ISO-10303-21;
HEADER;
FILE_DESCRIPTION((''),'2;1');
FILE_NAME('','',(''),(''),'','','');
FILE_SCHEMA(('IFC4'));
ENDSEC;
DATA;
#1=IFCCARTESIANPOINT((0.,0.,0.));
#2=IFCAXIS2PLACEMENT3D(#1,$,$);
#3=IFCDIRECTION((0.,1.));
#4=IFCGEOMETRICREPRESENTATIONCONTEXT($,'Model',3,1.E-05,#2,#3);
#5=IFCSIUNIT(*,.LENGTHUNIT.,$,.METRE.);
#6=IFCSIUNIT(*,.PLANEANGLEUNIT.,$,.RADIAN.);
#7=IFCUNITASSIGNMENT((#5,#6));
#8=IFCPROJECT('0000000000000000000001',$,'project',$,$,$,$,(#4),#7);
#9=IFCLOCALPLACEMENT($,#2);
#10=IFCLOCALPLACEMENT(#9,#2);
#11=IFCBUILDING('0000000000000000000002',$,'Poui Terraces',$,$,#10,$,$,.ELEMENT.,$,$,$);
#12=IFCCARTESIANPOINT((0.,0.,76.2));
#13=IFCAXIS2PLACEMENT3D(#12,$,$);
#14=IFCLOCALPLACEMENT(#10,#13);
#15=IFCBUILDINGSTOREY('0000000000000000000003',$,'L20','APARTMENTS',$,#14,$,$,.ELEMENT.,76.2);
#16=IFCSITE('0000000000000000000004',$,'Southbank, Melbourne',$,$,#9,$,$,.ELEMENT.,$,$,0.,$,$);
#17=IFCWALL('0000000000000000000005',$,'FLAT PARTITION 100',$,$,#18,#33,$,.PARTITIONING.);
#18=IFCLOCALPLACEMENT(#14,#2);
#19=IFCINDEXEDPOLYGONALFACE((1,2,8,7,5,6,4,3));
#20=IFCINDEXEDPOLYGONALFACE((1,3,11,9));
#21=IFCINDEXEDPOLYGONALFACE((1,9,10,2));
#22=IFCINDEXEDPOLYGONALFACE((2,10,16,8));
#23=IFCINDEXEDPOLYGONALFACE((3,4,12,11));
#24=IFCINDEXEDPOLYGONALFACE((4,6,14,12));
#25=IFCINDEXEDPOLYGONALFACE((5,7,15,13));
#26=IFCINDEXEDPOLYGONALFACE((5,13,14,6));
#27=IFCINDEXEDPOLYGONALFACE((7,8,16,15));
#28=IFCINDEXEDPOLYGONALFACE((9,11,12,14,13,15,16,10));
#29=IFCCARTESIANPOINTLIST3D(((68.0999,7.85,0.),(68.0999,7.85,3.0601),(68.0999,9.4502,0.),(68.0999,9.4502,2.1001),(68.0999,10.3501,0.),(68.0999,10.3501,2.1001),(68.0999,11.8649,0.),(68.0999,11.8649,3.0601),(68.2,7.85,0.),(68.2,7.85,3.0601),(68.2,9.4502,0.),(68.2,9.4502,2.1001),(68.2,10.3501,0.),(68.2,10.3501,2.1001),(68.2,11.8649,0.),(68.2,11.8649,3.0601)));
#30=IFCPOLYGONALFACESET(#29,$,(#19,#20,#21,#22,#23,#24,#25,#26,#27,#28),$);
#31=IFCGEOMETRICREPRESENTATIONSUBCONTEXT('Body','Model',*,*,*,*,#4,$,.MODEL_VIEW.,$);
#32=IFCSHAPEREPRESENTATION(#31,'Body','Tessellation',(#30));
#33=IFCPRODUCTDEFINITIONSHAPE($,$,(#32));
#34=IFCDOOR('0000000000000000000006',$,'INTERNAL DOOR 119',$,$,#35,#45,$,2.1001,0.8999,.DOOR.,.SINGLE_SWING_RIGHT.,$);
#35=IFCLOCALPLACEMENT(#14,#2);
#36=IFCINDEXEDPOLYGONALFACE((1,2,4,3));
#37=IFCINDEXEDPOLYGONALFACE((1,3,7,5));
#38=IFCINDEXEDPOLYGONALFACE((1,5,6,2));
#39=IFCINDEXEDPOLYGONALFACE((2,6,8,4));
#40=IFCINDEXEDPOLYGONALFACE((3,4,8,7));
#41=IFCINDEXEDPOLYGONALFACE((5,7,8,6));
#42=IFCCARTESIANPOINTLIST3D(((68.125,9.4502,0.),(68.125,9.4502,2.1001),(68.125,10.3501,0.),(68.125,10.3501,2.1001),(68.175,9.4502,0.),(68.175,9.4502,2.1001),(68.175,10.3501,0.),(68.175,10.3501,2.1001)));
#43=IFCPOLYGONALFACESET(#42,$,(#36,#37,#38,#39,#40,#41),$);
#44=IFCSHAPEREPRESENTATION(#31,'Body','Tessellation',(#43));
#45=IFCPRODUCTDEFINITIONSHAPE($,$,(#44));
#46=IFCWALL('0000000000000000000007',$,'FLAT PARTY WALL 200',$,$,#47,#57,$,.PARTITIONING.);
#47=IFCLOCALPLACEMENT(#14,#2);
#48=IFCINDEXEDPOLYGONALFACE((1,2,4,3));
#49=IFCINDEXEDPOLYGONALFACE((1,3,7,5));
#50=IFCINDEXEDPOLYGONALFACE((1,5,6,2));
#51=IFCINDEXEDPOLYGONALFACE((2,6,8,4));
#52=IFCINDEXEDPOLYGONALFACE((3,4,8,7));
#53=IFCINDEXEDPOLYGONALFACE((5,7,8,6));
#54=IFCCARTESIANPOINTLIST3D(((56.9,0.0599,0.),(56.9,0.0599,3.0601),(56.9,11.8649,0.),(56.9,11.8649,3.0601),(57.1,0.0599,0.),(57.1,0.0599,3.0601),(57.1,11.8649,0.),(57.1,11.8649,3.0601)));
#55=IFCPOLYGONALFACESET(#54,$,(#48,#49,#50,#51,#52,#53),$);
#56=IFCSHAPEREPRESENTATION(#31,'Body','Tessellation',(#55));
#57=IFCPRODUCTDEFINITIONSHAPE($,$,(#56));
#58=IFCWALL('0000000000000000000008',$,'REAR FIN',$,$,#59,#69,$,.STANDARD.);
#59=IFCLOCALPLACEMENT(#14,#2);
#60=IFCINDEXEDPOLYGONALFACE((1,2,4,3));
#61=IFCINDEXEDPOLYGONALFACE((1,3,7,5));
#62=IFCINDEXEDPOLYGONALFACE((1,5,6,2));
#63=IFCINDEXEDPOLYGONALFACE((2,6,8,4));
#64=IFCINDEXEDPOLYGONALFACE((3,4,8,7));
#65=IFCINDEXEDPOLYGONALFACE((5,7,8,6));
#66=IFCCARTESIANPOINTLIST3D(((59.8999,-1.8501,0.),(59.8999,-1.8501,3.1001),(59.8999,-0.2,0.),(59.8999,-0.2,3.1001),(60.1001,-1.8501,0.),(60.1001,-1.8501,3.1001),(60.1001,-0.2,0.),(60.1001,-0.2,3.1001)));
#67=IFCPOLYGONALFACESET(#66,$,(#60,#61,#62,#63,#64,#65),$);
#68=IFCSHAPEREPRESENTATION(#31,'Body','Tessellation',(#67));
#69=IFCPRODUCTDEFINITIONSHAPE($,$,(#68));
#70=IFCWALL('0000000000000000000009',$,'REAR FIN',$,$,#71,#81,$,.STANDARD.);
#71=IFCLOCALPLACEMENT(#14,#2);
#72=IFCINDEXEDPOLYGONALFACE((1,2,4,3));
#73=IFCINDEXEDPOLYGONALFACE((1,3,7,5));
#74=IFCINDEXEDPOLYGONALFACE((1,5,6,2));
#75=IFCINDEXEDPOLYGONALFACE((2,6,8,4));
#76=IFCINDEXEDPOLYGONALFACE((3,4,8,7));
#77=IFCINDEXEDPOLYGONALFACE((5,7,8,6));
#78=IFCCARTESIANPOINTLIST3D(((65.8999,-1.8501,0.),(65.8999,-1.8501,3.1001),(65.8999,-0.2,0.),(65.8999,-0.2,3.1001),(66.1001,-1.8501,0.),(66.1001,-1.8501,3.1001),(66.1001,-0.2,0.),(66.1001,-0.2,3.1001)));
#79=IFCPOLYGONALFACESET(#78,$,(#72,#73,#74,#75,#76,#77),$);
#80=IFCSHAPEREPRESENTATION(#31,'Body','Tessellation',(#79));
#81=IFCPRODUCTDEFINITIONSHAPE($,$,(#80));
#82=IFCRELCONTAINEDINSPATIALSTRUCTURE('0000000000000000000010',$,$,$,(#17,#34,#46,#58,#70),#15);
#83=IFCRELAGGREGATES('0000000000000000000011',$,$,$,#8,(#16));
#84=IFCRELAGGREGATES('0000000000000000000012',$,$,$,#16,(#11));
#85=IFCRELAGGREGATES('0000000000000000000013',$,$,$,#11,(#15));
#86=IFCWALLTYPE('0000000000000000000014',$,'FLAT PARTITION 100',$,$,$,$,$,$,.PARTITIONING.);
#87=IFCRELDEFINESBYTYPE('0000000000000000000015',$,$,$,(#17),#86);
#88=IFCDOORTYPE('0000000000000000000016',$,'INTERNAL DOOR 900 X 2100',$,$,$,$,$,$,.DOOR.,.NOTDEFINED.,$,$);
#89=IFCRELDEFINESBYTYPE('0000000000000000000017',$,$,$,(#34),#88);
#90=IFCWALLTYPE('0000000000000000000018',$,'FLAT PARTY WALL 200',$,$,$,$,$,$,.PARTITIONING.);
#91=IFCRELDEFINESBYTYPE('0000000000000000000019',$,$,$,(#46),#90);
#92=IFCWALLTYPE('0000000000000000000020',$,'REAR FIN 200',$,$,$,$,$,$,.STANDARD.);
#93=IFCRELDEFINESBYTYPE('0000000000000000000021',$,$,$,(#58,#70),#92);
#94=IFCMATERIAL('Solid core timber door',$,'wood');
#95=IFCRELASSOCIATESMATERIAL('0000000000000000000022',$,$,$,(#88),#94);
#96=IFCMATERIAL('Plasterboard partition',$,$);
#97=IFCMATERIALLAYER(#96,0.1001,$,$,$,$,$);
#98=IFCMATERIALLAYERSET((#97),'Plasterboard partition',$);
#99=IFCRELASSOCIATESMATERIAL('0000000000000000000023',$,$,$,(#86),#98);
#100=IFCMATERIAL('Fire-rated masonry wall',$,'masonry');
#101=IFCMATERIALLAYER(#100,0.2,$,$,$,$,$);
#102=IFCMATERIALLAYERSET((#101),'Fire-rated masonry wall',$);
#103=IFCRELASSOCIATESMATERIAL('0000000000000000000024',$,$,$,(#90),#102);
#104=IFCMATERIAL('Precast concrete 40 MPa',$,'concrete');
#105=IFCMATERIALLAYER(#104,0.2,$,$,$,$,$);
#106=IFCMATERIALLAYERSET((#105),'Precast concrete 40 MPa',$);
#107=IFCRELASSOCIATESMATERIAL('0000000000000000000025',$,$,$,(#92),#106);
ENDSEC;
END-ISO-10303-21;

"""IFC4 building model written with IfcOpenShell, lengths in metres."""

from ifc_helpers import new_model, si_unit, direction, frame, frame_2d, origin, place, context, subcontext, project, spatial, polyline, rectangle, outline, extrude, source, transform, mapped, material, layer, layer_set, type_object, element, fill, save


model = new_model("IFC4")

# Units and contexts
model_context = context("Model", 3, precision=1e-05, world=origin(), true_north=direction((0.0, 1.0)))
body_context = subcontext(model_context, "Body", "Model", "MODEL_VIEW")
ifc_project = project(units=[si_unit("LENGTHUNIT", "METRE"), si_unit("PLANEANGLEUNIT", "RADIAN")], contexts=[model_context])

# Site, building, storey
site_placement = place(None, origin())
site = spatial("IfcSite", under=ifc_project, at=site_placement, Name="Southbank, Melbourne", CompositionType="ELEMENT", RefElevation=0.0)
building_placement = place(site_placement, origin())
building = spatial("IfcBuilding", under=site, at=building_placement, Name="Poui Terraces", CompositionType="ELEMENT")
storey_placement = place(building_placement, frame((0.0, 0.0, 76.2)))
storey = spatial("IfcBuildingStorey", under=building, at=storey_placement, Name="L20", Description="APARTMENTS", CompositionType="ELEMENT", Elevation=76.2)

# Shared definitions
ifc_material_1 = material(Name="Precast concrete 40 MPa", Category="concrete")

# Shared definitions
ifc_material_2 = material(Name="Solid core timber door", Category="wood")
door_type_1 = type_object("IfcDoorType", Name="INTERNAL DOOR 900 X 2100", OperationType="NOTDEFINED", PredefinedType="DOOR", material=ifc_material_2)

# Shared definitions
ifc_material_3 = material(Name="Plasterboard partition")
ifc_layer_1 = layer(ifc_material_3, 0.1001)
ifc_layer_set_1 = layer_set([ifc_layer_1], Name="Plasterboard partition")
wall_type_1 = type_object("IfcWallType", Name="FLAT PARTITION 100", PredefinedType="PARTITIONING", material=ifc_layer_set_1)

# Wall, opening, door
wall_1_placement = place(storey_placement, frame((68.1499, 7.8501, 0.0), z_axis=(0.0, 0.0, 1.0), x_axis=(0.0, 1.0, 0.0)))
wall_1 = element("IfcWall", 1, at=wall_1_placement, inside=storey, type_object=wall_type_1, Name="FLAT PARTITION 100", PredefinedType="PARTITIONING", context=body_context, shape_type="SweptSolid", body=[
    extrude(rectangle(XDim=4.0149, YDim=0.1001, at=frame_2d((2.0073, 0.0))), origin(), (0.0, 0.0, 1.0), 3.0601),
])
opening_1_placement = place(wall_1_placement, frame((1.6001, 0.0, 0.0)))
opening_1 = element("IfcOpeningElement", 2, at=opening_1_placement, cuts=wall_1, PredefinedType="OPENING", context=body_context, shape_type="SweptSolid", body=[
    extrude(rectangle(XDim=0.8999, YDim=2.1001, at=frame_2d((0.45, 1.05))), frame((0.0, 0.0601, 0.0), z_axis=(0.0, -1.0, 0.0), x_axis=(1.0, 0.0, 0.0)), (0.0, 0.0, 1.0), 0.1201),
])
door_1_placement = place(opening_1_placement, origin())
door_1 = element("IfcDoor", 3, at=door_1_placement, inside=storey, type_object=door_type_1, Name="INTERNAL DOOR 119", OperationType="SINGLE_SWING_RIGHT", OverallHeight=2.1001, OverallWidth=0.8999, PredefinedType="DOOR", context=body_context, shape_type="SweptSolid", body=[
    extrude(rectangle(XDim=0.8999, YDim=2.1001, at=frame_2d((0.45, 1.05))), frame((0.0, 0.0249, 0.0), z_axis=(0.0, -1.0, 0.0), x_axis=(1.0, 0.0, 0.0)), (0.0, 0.0, 1.0), 0.05),
])
fill(opening_1, door_1)

# Walls
ifc_material_4 = material(Name="Fire-rated masonry wall", Category="masonry")
ifc_layer_2 = layer(ifc_material_4, 0.2)
ifc_layer_set_2 = layer_set([ifc_layer_2], Name="Fire-rated masonry wall")
wall_type_2 = type_object("IfcWallType", Name="FLAT PARTY WALL 200", PredefinedType="PARTITIONING", material=ifc_layer_set_2)
wall_2_placement = place(storey_placement, frame((57.0, 0.0601, 0.0), z_axis=(0.0, 0.0, 1.0), x_axis=(0.0, 1.0, 0.0)))
element("IfcWall", 4, at=wall_2_placement, inside=storey, type_object=wall_type_2, Name="FLAT PARTY WALL 200", PredefinedType="PARTITIONING", context=body_context, shape_type="SweptSolid", body=[
    extrude(rectangle(XDim=11.8049, YDim=0.2, at=frame_2d((5.9023, 0.0))), origin(), (0.0, 0.0, 1.0), 3.0601),
])
ifc_layer_3 = layer(ifc_material_1, 0.2)
ifc_layer_set_3 = layer_set([ifc_layer_3], Name="Precast concrete 40 MPa")
wall_type_3 = type_object("IfcWallType", Name="REAR FIN 200", PredefinedType="STANDARD", material=ifc_layer_set_3)
shared_shape_1 = source(origin(), body_context, "Body", "SweptSolid", [
    extrude(outline(polyline([(0.0, 0.0), (0.2002, 0.0), (0.2002, 1.6501), (0.0, 1.6501), (0.0, 0.0)])), origin(), (0.0, 0.0, 1.0), 3.1001),
])
for number, where, name in (
    (5, (59.8999, -1.8501, 0.0), "REAR FIN"),
    (6, (65.8999, -1.8501, 0.0), "REAR FIN"),
):
    element("IfcWall", number, at=place(storey_placement, frame(where)), inside=storey, type_object=wall_type_3, Name=name, PredefinedType="STANDARD", context=body_context, shape_type="MappedRepresentation", body=[
        mapped(shared_shape_1, transform((0.0, 0.0, 0.0))),
    ])

save(model, "model.ifc")
